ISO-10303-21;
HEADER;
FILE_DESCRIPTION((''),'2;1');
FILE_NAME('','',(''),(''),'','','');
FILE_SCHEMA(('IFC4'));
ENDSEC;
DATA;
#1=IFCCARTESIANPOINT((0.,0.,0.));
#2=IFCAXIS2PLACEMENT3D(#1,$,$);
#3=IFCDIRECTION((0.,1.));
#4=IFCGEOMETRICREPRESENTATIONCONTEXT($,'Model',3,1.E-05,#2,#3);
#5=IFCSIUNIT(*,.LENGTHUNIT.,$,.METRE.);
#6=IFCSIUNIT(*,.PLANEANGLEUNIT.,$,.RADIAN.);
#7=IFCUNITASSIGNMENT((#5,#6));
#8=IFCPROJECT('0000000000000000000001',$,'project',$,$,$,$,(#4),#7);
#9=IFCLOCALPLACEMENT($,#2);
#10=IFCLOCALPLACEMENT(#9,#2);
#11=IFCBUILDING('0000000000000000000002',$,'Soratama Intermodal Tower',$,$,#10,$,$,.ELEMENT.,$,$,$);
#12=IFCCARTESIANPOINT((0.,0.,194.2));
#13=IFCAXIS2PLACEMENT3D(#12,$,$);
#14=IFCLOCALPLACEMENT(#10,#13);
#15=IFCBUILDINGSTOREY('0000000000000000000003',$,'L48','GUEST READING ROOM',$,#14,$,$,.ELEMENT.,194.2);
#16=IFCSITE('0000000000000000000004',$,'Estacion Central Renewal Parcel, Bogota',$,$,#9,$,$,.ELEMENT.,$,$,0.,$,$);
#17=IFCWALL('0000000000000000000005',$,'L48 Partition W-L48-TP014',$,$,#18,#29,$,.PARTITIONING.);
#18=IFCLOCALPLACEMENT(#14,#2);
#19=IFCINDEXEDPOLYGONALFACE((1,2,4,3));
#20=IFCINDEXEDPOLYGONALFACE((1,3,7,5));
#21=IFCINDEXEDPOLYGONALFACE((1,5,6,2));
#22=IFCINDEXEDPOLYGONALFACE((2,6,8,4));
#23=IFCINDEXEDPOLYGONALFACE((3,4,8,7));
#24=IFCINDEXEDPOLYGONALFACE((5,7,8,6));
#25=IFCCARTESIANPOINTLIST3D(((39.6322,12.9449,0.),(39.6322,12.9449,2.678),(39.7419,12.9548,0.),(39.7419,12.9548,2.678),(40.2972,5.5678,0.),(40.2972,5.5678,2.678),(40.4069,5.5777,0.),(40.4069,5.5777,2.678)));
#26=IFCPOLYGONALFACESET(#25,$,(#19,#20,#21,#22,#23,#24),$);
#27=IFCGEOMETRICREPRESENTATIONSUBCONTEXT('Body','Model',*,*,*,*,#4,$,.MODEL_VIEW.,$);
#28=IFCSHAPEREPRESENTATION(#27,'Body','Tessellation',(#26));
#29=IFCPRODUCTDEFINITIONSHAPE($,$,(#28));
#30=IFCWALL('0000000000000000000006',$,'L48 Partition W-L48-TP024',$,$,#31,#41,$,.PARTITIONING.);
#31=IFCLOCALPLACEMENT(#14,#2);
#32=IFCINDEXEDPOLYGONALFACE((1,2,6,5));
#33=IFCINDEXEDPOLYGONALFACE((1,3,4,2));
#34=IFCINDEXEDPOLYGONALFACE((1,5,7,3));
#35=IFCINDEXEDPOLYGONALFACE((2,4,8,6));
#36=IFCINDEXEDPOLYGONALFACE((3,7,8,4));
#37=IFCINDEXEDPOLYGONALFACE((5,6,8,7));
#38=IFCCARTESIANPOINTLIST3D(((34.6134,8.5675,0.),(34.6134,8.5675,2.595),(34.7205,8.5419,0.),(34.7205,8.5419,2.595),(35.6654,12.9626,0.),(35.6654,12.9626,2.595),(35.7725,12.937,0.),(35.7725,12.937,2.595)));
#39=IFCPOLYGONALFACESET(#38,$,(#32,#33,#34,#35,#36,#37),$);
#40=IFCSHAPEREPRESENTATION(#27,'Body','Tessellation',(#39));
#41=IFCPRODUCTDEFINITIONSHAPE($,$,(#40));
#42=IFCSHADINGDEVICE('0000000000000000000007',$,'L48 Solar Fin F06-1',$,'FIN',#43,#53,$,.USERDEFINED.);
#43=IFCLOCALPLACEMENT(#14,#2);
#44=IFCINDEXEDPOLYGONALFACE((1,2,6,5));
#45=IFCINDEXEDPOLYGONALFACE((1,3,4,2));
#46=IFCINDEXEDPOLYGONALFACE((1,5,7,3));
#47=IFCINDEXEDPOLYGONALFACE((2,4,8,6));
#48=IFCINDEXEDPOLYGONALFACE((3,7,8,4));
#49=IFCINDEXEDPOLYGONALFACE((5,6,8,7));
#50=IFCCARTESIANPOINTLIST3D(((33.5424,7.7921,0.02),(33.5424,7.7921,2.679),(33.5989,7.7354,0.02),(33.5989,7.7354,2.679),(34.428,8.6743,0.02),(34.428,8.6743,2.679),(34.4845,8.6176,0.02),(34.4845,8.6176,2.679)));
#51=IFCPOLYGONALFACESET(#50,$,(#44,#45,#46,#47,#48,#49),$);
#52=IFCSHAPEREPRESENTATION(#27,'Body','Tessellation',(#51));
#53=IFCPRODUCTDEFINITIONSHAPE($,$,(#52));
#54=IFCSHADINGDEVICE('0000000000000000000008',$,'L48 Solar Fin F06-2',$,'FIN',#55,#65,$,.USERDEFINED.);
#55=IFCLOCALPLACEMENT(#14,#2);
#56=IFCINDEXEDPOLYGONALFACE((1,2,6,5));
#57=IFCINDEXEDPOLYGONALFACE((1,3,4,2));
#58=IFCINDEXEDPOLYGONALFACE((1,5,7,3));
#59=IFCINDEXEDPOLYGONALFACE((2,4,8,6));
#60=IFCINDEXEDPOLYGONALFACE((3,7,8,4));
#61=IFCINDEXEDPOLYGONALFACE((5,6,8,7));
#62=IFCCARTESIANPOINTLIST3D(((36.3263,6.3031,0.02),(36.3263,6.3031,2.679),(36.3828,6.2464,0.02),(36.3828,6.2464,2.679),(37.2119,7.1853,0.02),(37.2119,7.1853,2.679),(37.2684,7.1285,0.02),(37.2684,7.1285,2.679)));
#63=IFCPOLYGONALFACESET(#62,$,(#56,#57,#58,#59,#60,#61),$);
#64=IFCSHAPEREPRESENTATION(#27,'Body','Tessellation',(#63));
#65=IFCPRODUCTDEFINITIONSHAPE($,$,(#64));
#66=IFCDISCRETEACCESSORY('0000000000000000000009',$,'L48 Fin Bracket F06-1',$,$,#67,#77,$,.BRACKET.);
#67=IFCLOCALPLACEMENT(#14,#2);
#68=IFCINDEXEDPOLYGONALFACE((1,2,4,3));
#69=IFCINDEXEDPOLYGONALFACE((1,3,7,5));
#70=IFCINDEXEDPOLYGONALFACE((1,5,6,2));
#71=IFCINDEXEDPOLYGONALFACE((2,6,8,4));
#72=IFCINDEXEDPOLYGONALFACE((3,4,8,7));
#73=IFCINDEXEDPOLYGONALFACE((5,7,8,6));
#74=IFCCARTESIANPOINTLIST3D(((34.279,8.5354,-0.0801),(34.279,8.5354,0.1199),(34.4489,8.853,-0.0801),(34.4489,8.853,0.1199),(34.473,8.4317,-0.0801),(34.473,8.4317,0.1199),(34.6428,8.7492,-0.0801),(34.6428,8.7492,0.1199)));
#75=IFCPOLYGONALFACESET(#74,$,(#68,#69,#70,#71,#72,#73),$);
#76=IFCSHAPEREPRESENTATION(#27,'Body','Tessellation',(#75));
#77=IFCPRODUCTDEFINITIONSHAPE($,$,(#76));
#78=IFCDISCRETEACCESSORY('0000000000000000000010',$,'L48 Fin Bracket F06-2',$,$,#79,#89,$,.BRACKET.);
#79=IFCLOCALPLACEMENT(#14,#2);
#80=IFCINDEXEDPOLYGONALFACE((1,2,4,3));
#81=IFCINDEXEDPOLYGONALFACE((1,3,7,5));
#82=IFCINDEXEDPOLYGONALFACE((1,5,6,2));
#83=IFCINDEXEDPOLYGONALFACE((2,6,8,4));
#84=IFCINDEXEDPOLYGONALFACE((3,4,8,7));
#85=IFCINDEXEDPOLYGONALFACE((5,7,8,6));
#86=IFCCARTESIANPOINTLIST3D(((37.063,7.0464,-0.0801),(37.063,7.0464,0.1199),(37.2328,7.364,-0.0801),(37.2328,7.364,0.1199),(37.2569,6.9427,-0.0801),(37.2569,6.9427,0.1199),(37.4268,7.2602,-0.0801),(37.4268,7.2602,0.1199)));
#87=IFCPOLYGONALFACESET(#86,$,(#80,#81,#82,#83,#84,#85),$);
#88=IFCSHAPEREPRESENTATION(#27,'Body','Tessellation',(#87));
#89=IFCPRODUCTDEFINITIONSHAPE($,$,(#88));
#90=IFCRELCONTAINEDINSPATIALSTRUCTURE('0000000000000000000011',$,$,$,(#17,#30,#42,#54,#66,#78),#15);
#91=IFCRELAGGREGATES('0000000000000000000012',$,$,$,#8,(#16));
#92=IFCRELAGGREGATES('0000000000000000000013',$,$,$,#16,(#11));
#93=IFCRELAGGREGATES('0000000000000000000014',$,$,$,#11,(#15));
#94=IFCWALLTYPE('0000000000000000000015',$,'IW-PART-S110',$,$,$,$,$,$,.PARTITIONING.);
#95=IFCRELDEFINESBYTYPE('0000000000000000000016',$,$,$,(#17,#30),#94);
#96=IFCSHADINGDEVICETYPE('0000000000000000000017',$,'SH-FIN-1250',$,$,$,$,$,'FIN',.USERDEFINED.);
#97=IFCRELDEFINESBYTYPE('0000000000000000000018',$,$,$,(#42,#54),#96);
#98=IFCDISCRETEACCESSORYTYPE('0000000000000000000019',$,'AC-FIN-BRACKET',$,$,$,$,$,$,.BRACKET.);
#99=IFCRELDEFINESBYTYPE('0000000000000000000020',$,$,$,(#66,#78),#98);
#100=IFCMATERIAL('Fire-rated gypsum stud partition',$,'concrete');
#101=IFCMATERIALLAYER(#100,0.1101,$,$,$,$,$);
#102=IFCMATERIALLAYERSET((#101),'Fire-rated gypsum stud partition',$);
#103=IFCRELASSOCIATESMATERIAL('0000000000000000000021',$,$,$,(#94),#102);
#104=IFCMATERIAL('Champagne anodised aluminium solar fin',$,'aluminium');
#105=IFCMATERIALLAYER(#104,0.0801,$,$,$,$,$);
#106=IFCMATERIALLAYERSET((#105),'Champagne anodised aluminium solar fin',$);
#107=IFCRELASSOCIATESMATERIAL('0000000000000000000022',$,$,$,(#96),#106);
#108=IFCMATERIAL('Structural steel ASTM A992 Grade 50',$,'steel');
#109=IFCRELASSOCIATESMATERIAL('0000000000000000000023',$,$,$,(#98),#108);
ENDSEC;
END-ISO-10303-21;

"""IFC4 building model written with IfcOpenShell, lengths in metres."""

from ifc_helpers import new_model, si_unit, direction, frame, frame_2d, origin, origin_2d, place, context, subcontext, project, spatial, rectangle, extrude, material, layer, layer_set, type_object, element, save


model = new_model("IFC4")

# Units and contexts
model_context = context("Model", 3, precision=1e-05, world=origin(), true_north=direction((0.0, 1.0)))
body_context = subcontext(model_context, "Body", "Model", "MODEL_VIEW")
ifc_project = project(units=[si_unit("LENGTHUNIT", "METRE"), si_unit("PLANEANGLEUNIT", "RADIAN")], contexts=[model_context])

# Site, building, storey
site_placement = place(None, origin())
site = spatial("IfcSite", under=ifc_project, at=site_placement, Name="Estacion Central Renewal Parcel, Bogota", CompositionType="ELEMENT", RefElevation=0.0)
building_placement = place(site_placement, origin())
building = spatial("IfcBuilding", under=site, at=building_placement, Name="Soratama Intermodal Tower", CompositionType="ELEMENT")
storey_placement = place(building_placement, frame((0.0, 0.0, 194.2)))
storey = spatial("IfcBuildingStorey", under=building, at=storey_placement, Name="L48", Description="GUEST READING ROOM", CompositionType="ELEMENT", Elevation=194.2)

# Walls
ifc_material_1 = material(Name="Fire-rated gypsum stud partition", Category="concrete")
ifc_layer_1 = layer(ifc_material_1, 0.1101)
ifc_layer_set_1 = layer_set([ifc_layer_1], Name="Fire-rated gypsum stud partition")
wall_type_1 = type_object("IfcWallType", Name="IW-PART-S110", PredefinedType="PARTITIONING", material=ifc_layer_set_1)
wall_1_placement = place(storey_placement, frame((39.687, 12.95, 0.0), z_axis=(0.0, 0.0, 1.0), x_axis=(0.089787, -0.995961, 0.0)))
element("IfcWall", 1, at=wall_1_placement, inside=storey, type_object=wall_type_1, Name="L48 Partition W-L48-TP014", PredefinedType="PARTITIONING", context=body_context, shape_type="SweptSolid", body=[
    extrude(rectangle(XDim=7.407, YDim=0.1101, at=frame_2d((3.7036, 0.0))), origin(), (0.0, 0.0, 1.0), 2.678),
])
wall_2_placement = place(storey_placement, frame((35.719, 12.95, 0.0), z_axis=(0.0, 0.0, 1.0), x_axis=(-0.232786, -0.972528, 0.0)))
element("IfcWall", 2, at=wall_2_placement, inside=storey, type_object=wall_type_1, Name="L48 Partition W-L48-TP024", PredefinedType="PARTITIONING", context=body_context, shape_type="SweptSolid", body=[
    extrude(rectangle(XDim=4.5193, YDim=0.1101, at=frame_2d((2.2598, 0.0))), origin(), (0.0, 0.0, 1.0), 2.595),
])

# Shading devices
ifc_material_2 = material(Name="Champagne anodised aluminium solar fin", Category="aluminium")
ifc_layer_2 = layer(ifc_material_2, 0.0801)
ifc_layer_set_2 = layer_set([ifc_layer_2], Name="Champagne anodised aluminium solar fin")
shading_device_type = type_object("IfcShadingDeviceType", Name="SH-FIN-1250", ElementType="FIN", PredefinedType="USERDEFINED", material=ifc_layer_set_2)
for number, where, z_axis, x_axis, name in (
    (3, (34.0134, 8.2048, 0.02), (0.0, 0.0, 1.0), (-0.708463, -0.705748, 0.0), "L48 Solar Fin F06-1"),
    (4, (36.7974, 6.7158, 0.02), (0.0, 0.0, 1.0), (-0.708463, -0.705748, 0.0), "L48 Solar Fin F06-2"),
):
    element("IfcShadingDevice", number, at=place(storey_placement, frame(where, z_axis=z_axis, x_axis=x_axis)), inside=storey, type_object=shading_device_type, Name=name, ObjectType="FIN", PredefinedType="USERDEFINED", context=body_context, shape_type="SweptSolid", body=[
        extrude(rectangle(XDim=1.25, YDim=0.0801, at=origin_2d()), origin(), (0.0, 0.0, 1.0), 2.6589),
    ])

# Discrete accessories
ifc_material_3 = material(Name="Structural steel ASTM A992 Grade 50", Category="steel")
discrete_accessory_type = type_object("IfcDiscreteAccessoryType", Name="AC-FIN-BRACKET", PredefinedType="BRACKET", material=ifc_material_3)
for number, where, z_axis, x_axis, name in (
    (5, (34.4609, 8.6423, -0.0801), (0.0, 0.0, 1.0), (-0.471628, -0.881798, 0.0), "L48 Fin Bracket F06-1"),
    (6, (37.2449, 7.1533, -0.0801), (0.0, 0.0, 1.0), (-0.471628, -0.881798, 0.0), "L48 Fin Bracket F06-2"),
):
    element("IfcDiscreteAccessory", number, at=place(storey_placement, frame(where, z_axis=z_axis, x_axis=x_axis)), inside=storey, type_object=discrete_accessory_type, Name=name, PredefinedType="BRACKET", context=body_context, shape_type="SweptSolid", body=[
        extrude(rectangle(XDim=0.3601, YDim=0.22, at=origin_2d()), origin(), (0.0, 0.0, 1.0), 0.2),
    ])

save(model, "model.ifc")
